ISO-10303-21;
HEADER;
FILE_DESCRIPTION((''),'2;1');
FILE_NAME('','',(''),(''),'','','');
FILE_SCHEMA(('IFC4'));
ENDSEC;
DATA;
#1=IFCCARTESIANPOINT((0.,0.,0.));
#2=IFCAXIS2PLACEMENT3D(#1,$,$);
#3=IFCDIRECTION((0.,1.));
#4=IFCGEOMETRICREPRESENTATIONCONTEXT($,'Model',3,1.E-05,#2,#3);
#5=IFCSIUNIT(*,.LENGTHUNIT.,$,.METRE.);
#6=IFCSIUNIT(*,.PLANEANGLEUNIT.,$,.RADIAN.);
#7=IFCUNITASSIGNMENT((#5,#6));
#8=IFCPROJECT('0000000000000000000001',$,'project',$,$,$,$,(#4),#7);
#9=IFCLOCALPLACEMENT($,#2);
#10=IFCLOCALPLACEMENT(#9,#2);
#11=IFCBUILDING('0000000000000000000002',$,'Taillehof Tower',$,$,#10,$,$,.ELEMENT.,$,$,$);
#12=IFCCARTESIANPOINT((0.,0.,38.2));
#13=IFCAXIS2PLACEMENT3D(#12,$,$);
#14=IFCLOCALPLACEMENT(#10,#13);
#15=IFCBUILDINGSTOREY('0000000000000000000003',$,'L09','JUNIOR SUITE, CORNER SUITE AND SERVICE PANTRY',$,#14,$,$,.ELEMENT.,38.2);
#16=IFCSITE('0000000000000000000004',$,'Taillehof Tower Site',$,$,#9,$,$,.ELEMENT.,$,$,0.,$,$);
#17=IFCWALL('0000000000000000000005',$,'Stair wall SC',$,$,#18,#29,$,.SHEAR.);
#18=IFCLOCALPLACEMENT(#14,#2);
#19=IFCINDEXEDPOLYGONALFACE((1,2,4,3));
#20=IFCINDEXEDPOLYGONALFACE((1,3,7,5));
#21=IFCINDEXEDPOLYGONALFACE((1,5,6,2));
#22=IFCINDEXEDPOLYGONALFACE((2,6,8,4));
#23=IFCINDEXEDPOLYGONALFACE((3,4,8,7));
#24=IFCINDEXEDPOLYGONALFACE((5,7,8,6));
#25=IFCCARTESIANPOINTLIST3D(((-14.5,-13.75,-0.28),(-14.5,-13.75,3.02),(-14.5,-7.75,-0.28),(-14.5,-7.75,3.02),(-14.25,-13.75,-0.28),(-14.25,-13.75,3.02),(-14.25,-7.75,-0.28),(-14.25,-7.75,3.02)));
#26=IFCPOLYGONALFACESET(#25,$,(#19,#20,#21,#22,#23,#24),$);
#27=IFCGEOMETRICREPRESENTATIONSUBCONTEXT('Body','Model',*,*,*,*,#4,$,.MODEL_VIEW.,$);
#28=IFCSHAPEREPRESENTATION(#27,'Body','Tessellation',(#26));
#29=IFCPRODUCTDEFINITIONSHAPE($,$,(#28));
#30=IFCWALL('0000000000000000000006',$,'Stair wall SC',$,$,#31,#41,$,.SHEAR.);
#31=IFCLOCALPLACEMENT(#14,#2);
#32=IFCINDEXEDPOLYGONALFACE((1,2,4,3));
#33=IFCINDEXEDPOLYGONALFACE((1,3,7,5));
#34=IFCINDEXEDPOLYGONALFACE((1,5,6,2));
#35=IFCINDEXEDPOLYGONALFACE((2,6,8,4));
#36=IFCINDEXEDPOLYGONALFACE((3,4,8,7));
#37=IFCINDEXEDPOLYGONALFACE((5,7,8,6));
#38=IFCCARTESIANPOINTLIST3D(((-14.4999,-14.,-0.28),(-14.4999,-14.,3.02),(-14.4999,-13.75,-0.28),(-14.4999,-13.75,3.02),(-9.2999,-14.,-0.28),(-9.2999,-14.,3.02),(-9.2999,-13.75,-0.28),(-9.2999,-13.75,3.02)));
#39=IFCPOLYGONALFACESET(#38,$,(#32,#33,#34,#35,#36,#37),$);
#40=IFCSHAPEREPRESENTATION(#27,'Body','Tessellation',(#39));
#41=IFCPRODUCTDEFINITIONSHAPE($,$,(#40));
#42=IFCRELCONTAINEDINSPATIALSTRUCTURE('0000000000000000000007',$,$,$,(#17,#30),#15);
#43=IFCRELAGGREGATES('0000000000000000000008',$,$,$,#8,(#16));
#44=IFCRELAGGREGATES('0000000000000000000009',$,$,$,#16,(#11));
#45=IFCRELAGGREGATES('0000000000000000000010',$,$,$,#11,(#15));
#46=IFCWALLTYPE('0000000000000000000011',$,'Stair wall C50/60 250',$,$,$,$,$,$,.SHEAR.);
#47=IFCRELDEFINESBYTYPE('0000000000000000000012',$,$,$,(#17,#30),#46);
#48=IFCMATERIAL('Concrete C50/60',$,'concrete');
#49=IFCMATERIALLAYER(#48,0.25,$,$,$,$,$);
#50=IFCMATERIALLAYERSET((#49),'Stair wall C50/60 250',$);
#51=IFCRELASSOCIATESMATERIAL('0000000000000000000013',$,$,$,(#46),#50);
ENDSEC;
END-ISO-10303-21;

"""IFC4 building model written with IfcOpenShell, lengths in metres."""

from ifc_helpers import new_model, si_unit, direction, frame, frame_2d, origin, place, context, subcontext, project, spatial, rectangle, extrude, material, layer, layer_set, type_object, element, save


model = new_model("IFC4")

# Units and contexts
model_context = context("Model", 3, precision=1e-05, world=origin(), true_north=direction((0.0, 1.0)))
body_context = subcontext(model_context, "Body", "Model", "MODEL_VIEW")
ifc_project = project(units=[si_unit("LENGTHUNIT", "METRE"), si_unit("PLANEANGLEUNIT", "RADIAN")], contexts=[model_context])

# Site, building, storey
site_placement = place(None, origin())
site = spatial("IfcSite", under=ifc_project, at=site_placement, Name="Taillehof Tower Site", CompositionType="ELEMENT", RefElevation=0.0)
building_placement = place(site_placement, origin())
building = spatial("IfcBuilding", under=site, at=building_placement, Name="Taillehof Tower", CompositionType="ELEMENT")
storey_placement = place(building_placement, frame((0.0, 0.0, 38.2)))
storey = spatial("IfcBuildingStorey", under=building, at=storey_placement, Name="L09", Description="JUNIOR SUITE, CORNER SUITE AND SERVICE PANTRY", CompositionType="ELEMENT", Elevation=38.2)

# Walls
ifc_material_1 = material(Name="Concrete C50/60", Category="concrete")
ifc_layer_1 = layer(ifc_material_1, 0.25)
ifc_layer_set_1 = layer_set([ifc_layer_1], Name="Stair wall C50/60 250")
wall_type_1 = type_object("IfcWallType", Name="Stair wall C50/60 250", PredefinedType="SHEAR", material=ifc_layer_set_1)
wall_1_placement = place(storey_placement, frame((-14.375, -13.75, -0.28), z_axis=(0.0, 0.0, 1.0), x_axis=(0.0, 1.0, 0.0)))
element("IfcWall", 1, at=wall_1_placement, inside=storey, type_object=wall_type_1, Name="Stair wall SC", PredefinedType="SHEAR", context=body_context, shape_type="SweptSolid", body=[
    extrude(rectangle(XDim=6.0, YDim=0.25, at=frame_2d((3.0, 0.0))), origin(), (0.0, 0.0, 1.0), 3.3),
])
wall_2_placement = place(storey_placement, frame((-14.5, -13.875, -0.28), z_axis=(0.0, 0.0, 1.0), x_axis=(1.0, 0.0, 0.0)))
element("IfcWall", 2, at=wall_2_placement, inside=storey, type_object=wall_type_1, Name="Stair wall SC", PredefinedType="SHEAR", context=body_context, shape_type="SweptSolid", body=[
    extrude(rectangle(XDim=5.2, YDim=0.25, at=frame_2d((2.6001, 0.0))), origin(), (0.0, 0.0, 1.0), 3.3),
])

save(model, "model.ifc")
